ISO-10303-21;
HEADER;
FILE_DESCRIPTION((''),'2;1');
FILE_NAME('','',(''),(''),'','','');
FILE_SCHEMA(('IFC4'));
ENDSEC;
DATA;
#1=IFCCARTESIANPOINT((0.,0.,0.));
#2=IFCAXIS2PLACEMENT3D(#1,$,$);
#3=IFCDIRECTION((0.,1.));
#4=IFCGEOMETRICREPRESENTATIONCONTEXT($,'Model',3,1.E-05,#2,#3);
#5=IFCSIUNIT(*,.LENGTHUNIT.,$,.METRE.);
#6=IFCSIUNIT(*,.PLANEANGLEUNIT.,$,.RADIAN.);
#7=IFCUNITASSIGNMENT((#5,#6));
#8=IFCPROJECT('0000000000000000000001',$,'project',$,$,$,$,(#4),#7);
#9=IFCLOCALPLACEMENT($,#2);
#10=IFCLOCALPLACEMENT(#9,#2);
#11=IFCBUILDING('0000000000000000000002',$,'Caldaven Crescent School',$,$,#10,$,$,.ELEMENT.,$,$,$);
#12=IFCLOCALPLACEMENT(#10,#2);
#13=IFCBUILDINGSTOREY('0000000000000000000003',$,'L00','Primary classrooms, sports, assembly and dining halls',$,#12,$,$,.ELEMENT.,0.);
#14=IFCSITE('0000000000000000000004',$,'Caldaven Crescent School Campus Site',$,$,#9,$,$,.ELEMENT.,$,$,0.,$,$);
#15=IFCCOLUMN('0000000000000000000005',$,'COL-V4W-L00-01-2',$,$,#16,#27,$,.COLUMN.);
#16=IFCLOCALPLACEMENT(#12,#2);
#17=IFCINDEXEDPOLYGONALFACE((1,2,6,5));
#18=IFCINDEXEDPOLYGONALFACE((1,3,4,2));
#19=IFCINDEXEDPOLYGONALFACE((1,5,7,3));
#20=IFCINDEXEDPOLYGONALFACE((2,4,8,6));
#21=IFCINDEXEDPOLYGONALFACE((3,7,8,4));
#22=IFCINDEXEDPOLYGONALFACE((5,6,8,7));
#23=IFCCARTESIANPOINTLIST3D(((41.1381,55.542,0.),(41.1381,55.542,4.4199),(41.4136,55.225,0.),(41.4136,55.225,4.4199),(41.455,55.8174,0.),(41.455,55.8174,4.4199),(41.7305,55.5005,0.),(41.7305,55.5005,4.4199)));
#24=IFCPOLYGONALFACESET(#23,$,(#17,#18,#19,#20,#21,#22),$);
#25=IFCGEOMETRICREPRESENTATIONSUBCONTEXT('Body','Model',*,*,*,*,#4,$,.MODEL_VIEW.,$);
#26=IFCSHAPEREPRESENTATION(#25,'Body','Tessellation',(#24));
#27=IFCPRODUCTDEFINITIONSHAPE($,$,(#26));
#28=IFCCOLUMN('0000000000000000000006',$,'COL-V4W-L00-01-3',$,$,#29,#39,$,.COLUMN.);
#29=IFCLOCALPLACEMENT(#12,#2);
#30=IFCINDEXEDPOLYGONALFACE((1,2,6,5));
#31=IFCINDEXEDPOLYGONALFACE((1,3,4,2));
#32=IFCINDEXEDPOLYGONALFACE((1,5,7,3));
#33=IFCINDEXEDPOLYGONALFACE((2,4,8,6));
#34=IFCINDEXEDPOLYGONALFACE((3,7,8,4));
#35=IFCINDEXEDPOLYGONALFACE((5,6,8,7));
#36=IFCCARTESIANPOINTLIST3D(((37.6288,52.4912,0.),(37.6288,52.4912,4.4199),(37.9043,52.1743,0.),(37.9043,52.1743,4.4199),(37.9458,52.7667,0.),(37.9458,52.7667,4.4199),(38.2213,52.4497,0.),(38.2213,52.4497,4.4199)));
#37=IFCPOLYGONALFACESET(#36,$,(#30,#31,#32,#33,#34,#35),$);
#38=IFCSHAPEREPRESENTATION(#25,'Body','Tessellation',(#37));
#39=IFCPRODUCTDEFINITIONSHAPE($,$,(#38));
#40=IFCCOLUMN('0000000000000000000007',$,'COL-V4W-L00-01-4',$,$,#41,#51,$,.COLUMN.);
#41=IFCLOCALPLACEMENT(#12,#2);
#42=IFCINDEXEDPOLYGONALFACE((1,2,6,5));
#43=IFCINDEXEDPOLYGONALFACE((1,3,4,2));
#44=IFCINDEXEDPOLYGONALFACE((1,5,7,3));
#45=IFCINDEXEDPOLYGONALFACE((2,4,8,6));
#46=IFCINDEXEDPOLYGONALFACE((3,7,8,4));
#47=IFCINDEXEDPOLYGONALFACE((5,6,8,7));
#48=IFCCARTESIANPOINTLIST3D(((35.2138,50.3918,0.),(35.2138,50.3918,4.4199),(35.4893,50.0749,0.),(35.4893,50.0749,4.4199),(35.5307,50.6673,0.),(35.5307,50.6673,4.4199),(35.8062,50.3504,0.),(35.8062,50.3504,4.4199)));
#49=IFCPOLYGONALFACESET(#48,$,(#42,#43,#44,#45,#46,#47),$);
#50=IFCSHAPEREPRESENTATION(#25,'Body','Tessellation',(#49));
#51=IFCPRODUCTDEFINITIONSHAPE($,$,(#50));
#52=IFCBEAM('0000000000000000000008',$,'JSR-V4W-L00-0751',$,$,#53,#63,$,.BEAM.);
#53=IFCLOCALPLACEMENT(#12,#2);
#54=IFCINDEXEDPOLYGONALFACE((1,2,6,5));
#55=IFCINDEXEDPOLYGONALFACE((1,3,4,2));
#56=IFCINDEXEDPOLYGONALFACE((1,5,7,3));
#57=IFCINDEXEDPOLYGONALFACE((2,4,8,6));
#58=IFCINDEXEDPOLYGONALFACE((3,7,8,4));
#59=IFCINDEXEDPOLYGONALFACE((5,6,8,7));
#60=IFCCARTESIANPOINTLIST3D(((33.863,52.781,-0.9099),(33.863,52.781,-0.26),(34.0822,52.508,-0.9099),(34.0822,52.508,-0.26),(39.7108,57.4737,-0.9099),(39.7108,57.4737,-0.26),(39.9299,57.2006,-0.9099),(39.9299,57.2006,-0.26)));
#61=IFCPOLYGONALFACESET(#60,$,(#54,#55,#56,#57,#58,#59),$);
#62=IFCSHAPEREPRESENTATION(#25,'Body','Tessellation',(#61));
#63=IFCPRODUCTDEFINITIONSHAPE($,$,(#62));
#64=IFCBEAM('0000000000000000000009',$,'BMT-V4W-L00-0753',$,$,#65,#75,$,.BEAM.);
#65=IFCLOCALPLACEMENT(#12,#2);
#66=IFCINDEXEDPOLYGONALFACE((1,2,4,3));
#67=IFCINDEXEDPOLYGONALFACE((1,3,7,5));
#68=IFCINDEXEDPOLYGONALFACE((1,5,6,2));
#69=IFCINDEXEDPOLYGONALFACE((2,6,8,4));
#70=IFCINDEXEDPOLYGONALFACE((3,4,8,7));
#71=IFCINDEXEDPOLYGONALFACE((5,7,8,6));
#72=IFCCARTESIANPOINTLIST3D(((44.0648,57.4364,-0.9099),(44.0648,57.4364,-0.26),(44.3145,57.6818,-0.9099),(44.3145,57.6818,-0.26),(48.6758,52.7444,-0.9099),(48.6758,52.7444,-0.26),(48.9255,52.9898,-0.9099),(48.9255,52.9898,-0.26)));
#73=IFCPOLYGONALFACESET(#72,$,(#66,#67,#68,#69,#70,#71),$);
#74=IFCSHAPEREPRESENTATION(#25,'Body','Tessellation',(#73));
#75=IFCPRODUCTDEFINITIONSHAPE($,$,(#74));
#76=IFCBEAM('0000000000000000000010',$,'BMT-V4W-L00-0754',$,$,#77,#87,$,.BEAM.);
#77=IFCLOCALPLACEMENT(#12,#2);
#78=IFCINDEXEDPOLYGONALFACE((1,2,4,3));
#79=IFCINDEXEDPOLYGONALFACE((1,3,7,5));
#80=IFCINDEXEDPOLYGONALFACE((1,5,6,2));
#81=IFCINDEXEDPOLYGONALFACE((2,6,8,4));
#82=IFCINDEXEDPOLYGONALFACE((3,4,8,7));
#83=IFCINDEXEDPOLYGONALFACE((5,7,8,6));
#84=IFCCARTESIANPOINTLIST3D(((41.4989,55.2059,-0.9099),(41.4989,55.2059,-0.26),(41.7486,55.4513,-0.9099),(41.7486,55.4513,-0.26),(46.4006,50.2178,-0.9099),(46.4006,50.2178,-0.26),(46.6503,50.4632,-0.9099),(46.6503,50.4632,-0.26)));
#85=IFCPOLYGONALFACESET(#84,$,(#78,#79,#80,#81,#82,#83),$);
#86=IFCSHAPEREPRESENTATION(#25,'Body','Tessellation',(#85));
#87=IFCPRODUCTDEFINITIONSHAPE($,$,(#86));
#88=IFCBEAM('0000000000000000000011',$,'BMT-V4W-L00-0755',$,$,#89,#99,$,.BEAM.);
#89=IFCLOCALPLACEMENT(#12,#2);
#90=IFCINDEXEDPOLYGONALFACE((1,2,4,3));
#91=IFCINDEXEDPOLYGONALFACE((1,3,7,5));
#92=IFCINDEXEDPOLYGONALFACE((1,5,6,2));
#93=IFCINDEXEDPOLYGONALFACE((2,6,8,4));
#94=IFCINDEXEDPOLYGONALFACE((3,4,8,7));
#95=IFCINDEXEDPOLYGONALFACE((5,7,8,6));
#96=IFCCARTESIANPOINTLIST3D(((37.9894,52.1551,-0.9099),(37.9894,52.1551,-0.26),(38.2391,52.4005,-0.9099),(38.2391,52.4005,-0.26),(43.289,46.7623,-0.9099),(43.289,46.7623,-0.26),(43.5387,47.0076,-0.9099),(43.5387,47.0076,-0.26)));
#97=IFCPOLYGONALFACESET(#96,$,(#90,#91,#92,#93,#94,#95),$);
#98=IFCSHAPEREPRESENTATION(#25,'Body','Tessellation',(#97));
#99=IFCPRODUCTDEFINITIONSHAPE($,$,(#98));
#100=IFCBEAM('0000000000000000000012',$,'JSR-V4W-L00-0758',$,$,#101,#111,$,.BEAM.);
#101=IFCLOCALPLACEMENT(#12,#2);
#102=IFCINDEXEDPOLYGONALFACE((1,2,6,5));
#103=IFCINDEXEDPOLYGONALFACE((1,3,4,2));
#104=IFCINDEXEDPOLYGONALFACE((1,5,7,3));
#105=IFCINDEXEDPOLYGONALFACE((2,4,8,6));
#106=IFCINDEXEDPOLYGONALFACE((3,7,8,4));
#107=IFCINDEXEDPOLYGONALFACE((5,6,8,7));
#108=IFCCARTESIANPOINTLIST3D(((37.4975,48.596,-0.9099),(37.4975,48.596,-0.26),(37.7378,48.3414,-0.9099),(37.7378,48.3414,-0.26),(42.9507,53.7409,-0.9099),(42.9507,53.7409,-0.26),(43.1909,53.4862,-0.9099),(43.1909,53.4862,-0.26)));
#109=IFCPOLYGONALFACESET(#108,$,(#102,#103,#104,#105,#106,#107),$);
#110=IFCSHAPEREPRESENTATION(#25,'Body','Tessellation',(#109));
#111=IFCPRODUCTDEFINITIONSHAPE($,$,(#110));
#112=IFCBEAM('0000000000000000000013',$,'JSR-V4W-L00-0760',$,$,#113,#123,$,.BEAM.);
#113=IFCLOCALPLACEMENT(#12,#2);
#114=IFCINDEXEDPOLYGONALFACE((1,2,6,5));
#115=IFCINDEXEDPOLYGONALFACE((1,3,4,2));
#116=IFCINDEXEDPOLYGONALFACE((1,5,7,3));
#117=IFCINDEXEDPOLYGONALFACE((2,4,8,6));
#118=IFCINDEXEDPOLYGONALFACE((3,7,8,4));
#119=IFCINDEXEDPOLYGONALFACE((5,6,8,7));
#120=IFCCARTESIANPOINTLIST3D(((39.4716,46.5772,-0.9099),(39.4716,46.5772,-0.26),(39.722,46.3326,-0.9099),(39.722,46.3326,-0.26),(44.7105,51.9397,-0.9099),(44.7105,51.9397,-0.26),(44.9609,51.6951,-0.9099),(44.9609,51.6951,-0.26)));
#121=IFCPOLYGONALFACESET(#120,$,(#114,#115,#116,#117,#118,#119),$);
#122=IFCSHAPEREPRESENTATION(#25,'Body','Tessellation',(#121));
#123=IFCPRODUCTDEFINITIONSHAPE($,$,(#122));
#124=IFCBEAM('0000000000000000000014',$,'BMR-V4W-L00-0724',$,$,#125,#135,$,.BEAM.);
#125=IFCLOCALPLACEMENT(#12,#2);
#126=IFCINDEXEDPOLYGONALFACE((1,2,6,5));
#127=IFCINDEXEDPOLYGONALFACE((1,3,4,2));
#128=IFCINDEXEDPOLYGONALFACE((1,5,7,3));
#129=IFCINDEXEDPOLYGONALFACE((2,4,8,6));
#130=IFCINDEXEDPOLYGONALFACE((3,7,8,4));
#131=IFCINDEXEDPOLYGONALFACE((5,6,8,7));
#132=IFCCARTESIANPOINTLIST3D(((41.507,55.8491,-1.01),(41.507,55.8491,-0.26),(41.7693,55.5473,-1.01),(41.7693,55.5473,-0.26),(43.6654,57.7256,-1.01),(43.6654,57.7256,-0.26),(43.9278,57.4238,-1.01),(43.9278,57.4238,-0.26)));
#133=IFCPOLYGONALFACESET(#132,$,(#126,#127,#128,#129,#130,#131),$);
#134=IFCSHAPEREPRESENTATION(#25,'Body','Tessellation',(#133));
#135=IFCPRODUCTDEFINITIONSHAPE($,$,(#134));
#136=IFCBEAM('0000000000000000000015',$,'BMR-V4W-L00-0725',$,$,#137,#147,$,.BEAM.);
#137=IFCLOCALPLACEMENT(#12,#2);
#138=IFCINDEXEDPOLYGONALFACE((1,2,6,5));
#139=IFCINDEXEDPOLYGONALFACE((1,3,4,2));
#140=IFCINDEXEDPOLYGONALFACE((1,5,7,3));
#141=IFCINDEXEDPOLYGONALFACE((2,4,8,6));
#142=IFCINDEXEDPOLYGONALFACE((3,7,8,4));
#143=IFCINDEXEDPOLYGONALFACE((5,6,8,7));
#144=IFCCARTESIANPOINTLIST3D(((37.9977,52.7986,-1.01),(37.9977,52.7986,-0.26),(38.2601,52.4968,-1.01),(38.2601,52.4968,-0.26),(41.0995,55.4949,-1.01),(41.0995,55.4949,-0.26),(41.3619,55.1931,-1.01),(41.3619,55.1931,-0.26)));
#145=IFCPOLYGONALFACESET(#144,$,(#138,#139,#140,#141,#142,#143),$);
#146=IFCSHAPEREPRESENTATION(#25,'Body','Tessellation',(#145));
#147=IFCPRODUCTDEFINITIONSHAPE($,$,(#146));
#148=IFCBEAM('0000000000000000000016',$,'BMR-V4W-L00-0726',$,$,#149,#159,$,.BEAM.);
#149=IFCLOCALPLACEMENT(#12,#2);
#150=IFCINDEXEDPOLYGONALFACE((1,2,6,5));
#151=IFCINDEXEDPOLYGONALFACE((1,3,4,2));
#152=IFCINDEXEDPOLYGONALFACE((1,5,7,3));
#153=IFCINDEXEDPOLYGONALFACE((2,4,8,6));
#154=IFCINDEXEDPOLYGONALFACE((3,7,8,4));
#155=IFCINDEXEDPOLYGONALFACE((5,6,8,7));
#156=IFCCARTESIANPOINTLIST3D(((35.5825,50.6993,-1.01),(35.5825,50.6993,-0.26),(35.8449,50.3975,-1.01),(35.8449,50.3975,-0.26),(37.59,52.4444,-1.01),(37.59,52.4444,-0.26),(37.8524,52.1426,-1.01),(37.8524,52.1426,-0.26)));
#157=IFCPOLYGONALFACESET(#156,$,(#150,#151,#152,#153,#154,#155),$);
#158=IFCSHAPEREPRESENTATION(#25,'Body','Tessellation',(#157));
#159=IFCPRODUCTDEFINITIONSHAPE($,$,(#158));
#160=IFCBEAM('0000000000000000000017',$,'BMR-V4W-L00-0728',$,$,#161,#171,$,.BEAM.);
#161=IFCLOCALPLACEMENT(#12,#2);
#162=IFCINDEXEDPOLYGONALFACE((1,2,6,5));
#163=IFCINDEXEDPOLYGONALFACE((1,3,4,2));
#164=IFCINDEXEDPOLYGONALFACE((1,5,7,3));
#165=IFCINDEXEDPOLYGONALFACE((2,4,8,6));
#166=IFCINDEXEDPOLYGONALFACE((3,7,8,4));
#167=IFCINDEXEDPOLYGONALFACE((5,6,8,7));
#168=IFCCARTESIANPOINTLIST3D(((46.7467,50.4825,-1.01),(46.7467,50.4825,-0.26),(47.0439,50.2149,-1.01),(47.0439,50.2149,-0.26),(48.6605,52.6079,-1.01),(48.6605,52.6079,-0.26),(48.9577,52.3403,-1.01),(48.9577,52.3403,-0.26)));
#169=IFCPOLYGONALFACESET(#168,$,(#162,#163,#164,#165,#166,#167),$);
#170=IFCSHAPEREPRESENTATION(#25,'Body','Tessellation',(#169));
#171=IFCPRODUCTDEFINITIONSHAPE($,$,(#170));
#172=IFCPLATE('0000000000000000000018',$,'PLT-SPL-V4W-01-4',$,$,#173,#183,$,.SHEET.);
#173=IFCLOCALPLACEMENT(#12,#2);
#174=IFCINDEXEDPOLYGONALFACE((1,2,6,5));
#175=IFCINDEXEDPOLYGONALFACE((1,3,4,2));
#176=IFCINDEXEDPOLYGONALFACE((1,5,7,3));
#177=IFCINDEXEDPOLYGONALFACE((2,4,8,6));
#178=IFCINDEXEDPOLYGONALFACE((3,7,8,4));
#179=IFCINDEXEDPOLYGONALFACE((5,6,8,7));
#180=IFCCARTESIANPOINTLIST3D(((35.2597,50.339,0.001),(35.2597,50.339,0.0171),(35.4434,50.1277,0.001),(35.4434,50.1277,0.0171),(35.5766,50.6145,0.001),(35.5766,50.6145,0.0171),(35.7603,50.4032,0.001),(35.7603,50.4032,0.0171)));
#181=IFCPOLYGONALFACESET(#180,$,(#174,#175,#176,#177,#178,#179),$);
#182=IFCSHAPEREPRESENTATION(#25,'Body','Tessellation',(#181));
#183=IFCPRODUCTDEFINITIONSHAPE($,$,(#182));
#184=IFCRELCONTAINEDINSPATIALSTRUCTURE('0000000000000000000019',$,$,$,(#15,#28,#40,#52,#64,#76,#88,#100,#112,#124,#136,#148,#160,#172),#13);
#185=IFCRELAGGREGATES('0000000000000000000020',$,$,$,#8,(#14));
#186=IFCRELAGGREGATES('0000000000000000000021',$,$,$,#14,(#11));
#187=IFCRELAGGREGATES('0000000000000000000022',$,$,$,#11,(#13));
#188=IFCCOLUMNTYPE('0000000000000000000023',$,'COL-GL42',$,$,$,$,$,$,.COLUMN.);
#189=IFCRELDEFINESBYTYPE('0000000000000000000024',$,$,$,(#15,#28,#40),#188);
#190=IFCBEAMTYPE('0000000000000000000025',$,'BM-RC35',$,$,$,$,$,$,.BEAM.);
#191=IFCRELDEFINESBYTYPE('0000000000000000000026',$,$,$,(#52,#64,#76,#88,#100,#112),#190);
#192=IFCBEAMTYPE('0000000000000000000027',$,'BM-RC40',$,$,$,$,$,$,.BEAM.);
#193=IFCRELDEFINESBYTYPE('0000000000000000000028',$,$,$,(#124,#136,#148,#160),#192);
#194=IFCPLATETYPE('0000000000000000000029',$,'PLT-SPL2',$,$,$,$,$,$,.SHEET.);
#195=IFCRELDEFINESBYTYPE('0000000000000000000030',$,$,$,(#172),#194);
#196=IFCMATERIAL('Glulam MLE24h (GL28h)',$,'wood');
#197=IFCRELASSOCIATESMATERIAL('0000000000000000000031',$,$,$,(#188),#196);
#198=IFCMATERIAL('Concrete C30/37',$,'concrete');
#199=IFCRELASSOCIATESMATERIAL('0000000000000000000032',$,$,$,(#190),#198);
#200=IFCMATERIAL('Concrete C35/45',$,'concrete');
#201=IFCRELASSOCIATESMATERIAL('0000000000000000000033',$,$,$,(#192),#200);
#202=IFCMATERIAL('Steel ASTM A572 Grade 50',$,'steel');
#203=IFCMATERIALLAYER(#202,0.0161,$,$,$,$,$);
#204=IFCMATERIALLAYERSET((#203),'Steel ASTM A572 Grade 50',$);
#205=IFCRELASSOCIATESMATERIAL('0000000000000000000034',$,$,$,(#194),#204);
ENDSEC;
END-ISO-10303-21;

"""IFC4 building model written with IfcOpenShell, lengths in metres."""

from ifc_helpers import new_model, si_unit, direction, frame, origin, origin_2d, place, context, subcontext, project, spatial, rectangle, extrude, material, layer, layer_set, material_profile, profile_set, type_object, element, save


model = new_model("IFC4")

# Units and contexts
model_context = context("Model", 3, precision=1e-05, world=origin(), true_north=direction((0.0, 1.0)))
body_context = subcontext(model_context, "Body", "Model", "MODEL_VIEW")
ifc_project = project(units=[si_unit("LENGTHUNIT", "METRE"), si_unit("PLANEANGLEUNIT", "RADIAN")], contexts=[model_context])

# Site, building, storey
site_placement = place(None, origin())
site = spatial("IfcSite", under=ifc_project, at=site_placement, Name="Caldaven Crescent School Campus Site", CompositionType="ELEMENT", RefElevation=0.0)
building_placement = place(site_placement, origin())
building = spatial("IfcBuilding", under=site, at=building_placement, Name="Caldaven Crescent School", CompositionType="ELEMENT")
storey_placement = place(building_placement, origin())
storey = spatial("IfcBuildingStorey", under=building, at=storey_placement, Name="L00", Description="Primary classrooms, sports, assembly and dining halls", CompositionType="ELEMENT", Elevation=0.0)

# Columns
ifc_material_1 = material(Name="Glulam MLE24h (GL28h)", Category="wood")
ifc_material_profile_1 = material_profile(ifc_material_1, rectangle(XDim=0.4199, YDim=0.4199, at=origin_2d()), Name="MLE 420x420")
ifc_profile_set_1 = profile_set([ifc_material_profile_1], Name="Glulam MLE24h (GL28h)")
column_type = type_object("IfcColumnType", Name="COL-GL42", PredefinedType="COLUMN", material=ifc_profile_set_1)
for number, where, z_axis, x_axis, name in (
    (1, (41.4343, 55.5212, 0.0), (0.0, 0.0, 1.0), (-0.75471, -0.656059, 0.0), "COL-V4W-L00-01-2"),
    (2, (37.925, 52.4705, 0.0), (0.0, 0.0, 1.0), (-0.75471, -0.656059, 0.0), "COL-V4W-L00-01-3"),
    (3, (35.51, 50.3711, 0.0), (0.0, 0.0, 1.0), (-0.75471, -0.656059, 0.0), "COL-V4W-L00-01-4"),
):
    element("IfcColumn", number, at=place(storey_placement, frame(where, z_axis=z_axis, x_axis=x_axis)), inside=storey, type_object=column_type, Name=name, PredefinedType="COLUMN", context=body_context, shape_type="SweptSolid", body=[
        extrude(rectangle(XDim=0.4199, YDim=0.4199, at=origin_2d()), origin(), (0.0, 0.0, 1.0), 4.4199),
    ])

# Beams
ifc_material_2 = material(Name="Concrete C30/37", Category="concrete")
ifc_material_profile_2 = material_profile(ifc_material_2, rectangle(XDim=0.3501, YDim=0.6499, at=origin_2d()), Name="RC 350x650")
ifc_profile_set_2 = profile_set([ifc_material_profile_2], Name="Concrete C30/37")
beam_type_1 = type_object("IfcBeamType", Name="BM-RC35", PredefinedType="BEAM", material=ifc_profile_set_2)
beam_1_placement = place(storey_placement, frame((39.8203, 57.3372, -0.585), z_axis=(-0.779924, -0.625874, 0.0), x_axis=(0.625874, -0.779924, 0.0)))
element("IfcBeam", 4, at=beam_1_placement, inside=storey, type_object=beam_type_1, Name="JSR-V4W-L00-0751", PredefinedType="BEAM", context=body_context, shape_type="SweptSolid", body=[
    extrude(rectangle(XDim=0.3501, YDim=0.6499, at=origin_2d()), origin(), (0.0, 0.0, 1.0), 7.4978),
])
beam_2_placement = place(storey_placement, frame((44.1897, 57.5591, -0.585), z_axis=(0.700919, -0.713241, 0.0), x_axis=(0.713241, 0.700919, 0.0)))
element("IfcBeam", 5, at=beam_2_placement, inside=storey, type_object=beam_type_1, Name="BMT-V4W-L00-0753", PredefinedType="BEAM", context=body_context, shape_type="SweptSolid", body=[
    extrude(rectangle(XDim=0.3501, YDim=0.6499, at=origin_2d()), origin(), (0.0, 0.0, 1.0), 6.5784),
])
beam_3_placement = place(storey_placement, frame((41.6238, 55.3286, -0.585), z_axis=(0.700901, -0.713259, 0.0), x_axis=(0.713259, 0.700901, 0.0)))
element("IfcBeam", 6, at=beam_3_placement, inside=storey, type_object=beam_type_1, Name="BMT-V4W-L00-0754", PredefinedType="BEAM", context=body_context, shape_type="SweptSolid", body=[
    extrude(rectangle(XDim=0.3501, YDim=0.6499, at=origin_2d()), origin(), (0.0, 0.0, 1.0), 6.9934),
])
beam_4_placement = place(storey_placement, frame((38.1143, 52.2778, -0.585), z_axis=(0.700913, -0.713247, 0.0), x_axis=(0.713247, 0.700913, 0.0)))
element("IfcBeam", 7, at=beam_4_placement, inside=storey, type_object=beam_type_1, Name="BMT-V4W-L00-0755", PredefinedType="BEAM", context=body_context, shape_type="SweptSolid", body=[
    extrude(rectangle(XDim=0.3501, YDim=0.6499, at=origin_2d()), origin(), (0.0, 0.0, 1.0), 7.561),
])
beam_5_placement = place(storey_placement, frame((43.0708, 53.6135, -0.585), z_axis=(-0.727372, -0.686243, 0.0), x_axis=(0.686243, -0.727372, 0.0)))
element("IfcBeam", 8, at=beam_5_placement, inside=storey, type_object=beam_type_1, Name="JSR-V4W-L00-0758", PredefinedType="BEAM", context=body_context, shape_type="SweptSolid", body=[
    extrude(rectangle(XDim=0.3501, YDim=0.6499, at=origin_2d()), origin(), (0.0, 0.0, 1.0), 7.4971),
])
beam_6_placement = place(storey_placement, frame((44.8357, 51.8174, -0.585), z_axis=(-0.69882, -0.715298, 0.0), x_axis=(0.715298, -0.69882, 0.0)))
element("IfcBeam", 9, at=beam_6_placement, inside=storey, type_object=beam_type_1, Name="JSR-V4W-L00-0760", PredefinedType="BEAM", context=body_context, shape_type="SweptSolid", body=[
    extrude(rectangle(XDim=0.3501, YDim=0.6499, at=origin_2d()), origin(), (0.0, 0.0, 1.0), 7.4968),
])
ifc_material_3 = material(Name="Concrete C35/45", Category="concrete")
ifc_material_profile_3 = material_profile(ifc_material_3, rectangle(XDim=0.3999, YDim=0.75, at=origin_2d()), Name="RC 400x750")
ifc_profile_set_3 = profile_set([ifc_material_profile_3], Name="Concrete C35/45")
beam_type_2 = type_object("IfcBeamType", Name="BM-RC40", PredefinedType="BEAM", material=ifc_profile_set_3)
beam_7_placement = place(storey_placement, frame((43.7966, 57.5747, -0.635), z_axis=(-0.754683, -0.65609, 0.0), x_axis=(0.65609, -0.754683, 0.0)))
element("IfcBeam", 10, at=beam_7_placement, inside=storey, type_object=beam_type_2, Name="BMR-V4W-L00-0724", PredefinedType="BEAM", context=body_context, shape_type="SweptSolid", body=[
    extrude(rectangle(XDim=0.3999, YDim=0.75, at=origin_2d()), origin(), (0.0, 0.0, 1.0), 2.8601),
])
beam_8_placement = place(storey_placement, frame((41.2307, 55.344, -0.635), z_axis=(-0.754718, -0.656049, 0.0), x_axis=(0.656049, -0.754718, 0.0)))
element("IfcBeam", 11, at=beam_8_placement, inside=storey, type_object=beam_type_2, Name="BMR-V4W-L00-0725", PredefinedType="BEAM", context=body_context, shape_type="SweptSolid", body=[
    extrude(rectangle(XDim=0.3999, YDim=0.75, at=origin_2d()), origin(), (0.0, 0.0, 1.0), 4.1099),
])
beam_9_placement = place(storey_placement, frame((37.7212, 52.2935, -0.635), z_axis=(-0.754716, -0.656051, 0.0), x_axis=(0.656051, -0.754716, 0.0)))
element("IfcBeam", 12, at=beam_9_placement, inside=storey, type_object=beam_type_2, Name="BMR-V4W-L00-0726", PredefinedType="BEAM", context=body_context, shape_type="SweptSolid", body=[
    extrude(rectangle(XDim=0.3999, YDim=0.75, at=origin_2d()), origin(), (0.0, 0.0, 1.0), 2.6599),
])
beam_10_placement = place(storey_placement, frame((48.8091, 52.4741, -0.635), z_axis=(-0.669134, -0.743141, 0.0), x_axis=(0.743141, -0.669134, 0.0)))
element("IfcBeam", 13, at=beam_10_placement, inside=storey, type_object=beam_type_2, Name="BMR-V4W-L00-0728", PredefinedType="BEAM", context=body_context, shape_type="SweptSolid", body=[
    extrude(rectangle(XDim=0.3999, YDim=0.75, at=origin_2d()), origin(), (0.0, 0.0, 1.0), 2.8601),
])

# Plate
ifc_material_4 = material(Name="Steel ASTM A572 Grade 50", Category="steel")
ifc_layer_1 = layer(ifc_material_4, 0.0161)
ifc_layer_set_1 = layer_set([ifc_layer_1], Name="Steel ASTM A572 Grade 50")
plate_type = type_object("IfcPlateType", Name="PLT-SPL2", PredefinedType="SHEET", material=ifc_layer_set_1)
plate_placement = place(storey_placement, frame((35.51, 50.3711, 0.001), z_axis=(0.0, 0.0, 1.0), x_axis=(-0.75471, -0.656059, 0.0)))
element("IfcPlate", 14, at=plate_placement, inside=storey, type_object=plate_type, Name="PLT-SPL-V4W-01-4", PredefinedType="SHEET", context=body_context, shape_type="SweptSolid", body=[
    extrude(rectangle(XDim=0.4199, YDim=0.28, at=origin_2d()), origin(), (0.0, 0.0, 1.0), 0.0161),
])

save(model, "model.ifc")
